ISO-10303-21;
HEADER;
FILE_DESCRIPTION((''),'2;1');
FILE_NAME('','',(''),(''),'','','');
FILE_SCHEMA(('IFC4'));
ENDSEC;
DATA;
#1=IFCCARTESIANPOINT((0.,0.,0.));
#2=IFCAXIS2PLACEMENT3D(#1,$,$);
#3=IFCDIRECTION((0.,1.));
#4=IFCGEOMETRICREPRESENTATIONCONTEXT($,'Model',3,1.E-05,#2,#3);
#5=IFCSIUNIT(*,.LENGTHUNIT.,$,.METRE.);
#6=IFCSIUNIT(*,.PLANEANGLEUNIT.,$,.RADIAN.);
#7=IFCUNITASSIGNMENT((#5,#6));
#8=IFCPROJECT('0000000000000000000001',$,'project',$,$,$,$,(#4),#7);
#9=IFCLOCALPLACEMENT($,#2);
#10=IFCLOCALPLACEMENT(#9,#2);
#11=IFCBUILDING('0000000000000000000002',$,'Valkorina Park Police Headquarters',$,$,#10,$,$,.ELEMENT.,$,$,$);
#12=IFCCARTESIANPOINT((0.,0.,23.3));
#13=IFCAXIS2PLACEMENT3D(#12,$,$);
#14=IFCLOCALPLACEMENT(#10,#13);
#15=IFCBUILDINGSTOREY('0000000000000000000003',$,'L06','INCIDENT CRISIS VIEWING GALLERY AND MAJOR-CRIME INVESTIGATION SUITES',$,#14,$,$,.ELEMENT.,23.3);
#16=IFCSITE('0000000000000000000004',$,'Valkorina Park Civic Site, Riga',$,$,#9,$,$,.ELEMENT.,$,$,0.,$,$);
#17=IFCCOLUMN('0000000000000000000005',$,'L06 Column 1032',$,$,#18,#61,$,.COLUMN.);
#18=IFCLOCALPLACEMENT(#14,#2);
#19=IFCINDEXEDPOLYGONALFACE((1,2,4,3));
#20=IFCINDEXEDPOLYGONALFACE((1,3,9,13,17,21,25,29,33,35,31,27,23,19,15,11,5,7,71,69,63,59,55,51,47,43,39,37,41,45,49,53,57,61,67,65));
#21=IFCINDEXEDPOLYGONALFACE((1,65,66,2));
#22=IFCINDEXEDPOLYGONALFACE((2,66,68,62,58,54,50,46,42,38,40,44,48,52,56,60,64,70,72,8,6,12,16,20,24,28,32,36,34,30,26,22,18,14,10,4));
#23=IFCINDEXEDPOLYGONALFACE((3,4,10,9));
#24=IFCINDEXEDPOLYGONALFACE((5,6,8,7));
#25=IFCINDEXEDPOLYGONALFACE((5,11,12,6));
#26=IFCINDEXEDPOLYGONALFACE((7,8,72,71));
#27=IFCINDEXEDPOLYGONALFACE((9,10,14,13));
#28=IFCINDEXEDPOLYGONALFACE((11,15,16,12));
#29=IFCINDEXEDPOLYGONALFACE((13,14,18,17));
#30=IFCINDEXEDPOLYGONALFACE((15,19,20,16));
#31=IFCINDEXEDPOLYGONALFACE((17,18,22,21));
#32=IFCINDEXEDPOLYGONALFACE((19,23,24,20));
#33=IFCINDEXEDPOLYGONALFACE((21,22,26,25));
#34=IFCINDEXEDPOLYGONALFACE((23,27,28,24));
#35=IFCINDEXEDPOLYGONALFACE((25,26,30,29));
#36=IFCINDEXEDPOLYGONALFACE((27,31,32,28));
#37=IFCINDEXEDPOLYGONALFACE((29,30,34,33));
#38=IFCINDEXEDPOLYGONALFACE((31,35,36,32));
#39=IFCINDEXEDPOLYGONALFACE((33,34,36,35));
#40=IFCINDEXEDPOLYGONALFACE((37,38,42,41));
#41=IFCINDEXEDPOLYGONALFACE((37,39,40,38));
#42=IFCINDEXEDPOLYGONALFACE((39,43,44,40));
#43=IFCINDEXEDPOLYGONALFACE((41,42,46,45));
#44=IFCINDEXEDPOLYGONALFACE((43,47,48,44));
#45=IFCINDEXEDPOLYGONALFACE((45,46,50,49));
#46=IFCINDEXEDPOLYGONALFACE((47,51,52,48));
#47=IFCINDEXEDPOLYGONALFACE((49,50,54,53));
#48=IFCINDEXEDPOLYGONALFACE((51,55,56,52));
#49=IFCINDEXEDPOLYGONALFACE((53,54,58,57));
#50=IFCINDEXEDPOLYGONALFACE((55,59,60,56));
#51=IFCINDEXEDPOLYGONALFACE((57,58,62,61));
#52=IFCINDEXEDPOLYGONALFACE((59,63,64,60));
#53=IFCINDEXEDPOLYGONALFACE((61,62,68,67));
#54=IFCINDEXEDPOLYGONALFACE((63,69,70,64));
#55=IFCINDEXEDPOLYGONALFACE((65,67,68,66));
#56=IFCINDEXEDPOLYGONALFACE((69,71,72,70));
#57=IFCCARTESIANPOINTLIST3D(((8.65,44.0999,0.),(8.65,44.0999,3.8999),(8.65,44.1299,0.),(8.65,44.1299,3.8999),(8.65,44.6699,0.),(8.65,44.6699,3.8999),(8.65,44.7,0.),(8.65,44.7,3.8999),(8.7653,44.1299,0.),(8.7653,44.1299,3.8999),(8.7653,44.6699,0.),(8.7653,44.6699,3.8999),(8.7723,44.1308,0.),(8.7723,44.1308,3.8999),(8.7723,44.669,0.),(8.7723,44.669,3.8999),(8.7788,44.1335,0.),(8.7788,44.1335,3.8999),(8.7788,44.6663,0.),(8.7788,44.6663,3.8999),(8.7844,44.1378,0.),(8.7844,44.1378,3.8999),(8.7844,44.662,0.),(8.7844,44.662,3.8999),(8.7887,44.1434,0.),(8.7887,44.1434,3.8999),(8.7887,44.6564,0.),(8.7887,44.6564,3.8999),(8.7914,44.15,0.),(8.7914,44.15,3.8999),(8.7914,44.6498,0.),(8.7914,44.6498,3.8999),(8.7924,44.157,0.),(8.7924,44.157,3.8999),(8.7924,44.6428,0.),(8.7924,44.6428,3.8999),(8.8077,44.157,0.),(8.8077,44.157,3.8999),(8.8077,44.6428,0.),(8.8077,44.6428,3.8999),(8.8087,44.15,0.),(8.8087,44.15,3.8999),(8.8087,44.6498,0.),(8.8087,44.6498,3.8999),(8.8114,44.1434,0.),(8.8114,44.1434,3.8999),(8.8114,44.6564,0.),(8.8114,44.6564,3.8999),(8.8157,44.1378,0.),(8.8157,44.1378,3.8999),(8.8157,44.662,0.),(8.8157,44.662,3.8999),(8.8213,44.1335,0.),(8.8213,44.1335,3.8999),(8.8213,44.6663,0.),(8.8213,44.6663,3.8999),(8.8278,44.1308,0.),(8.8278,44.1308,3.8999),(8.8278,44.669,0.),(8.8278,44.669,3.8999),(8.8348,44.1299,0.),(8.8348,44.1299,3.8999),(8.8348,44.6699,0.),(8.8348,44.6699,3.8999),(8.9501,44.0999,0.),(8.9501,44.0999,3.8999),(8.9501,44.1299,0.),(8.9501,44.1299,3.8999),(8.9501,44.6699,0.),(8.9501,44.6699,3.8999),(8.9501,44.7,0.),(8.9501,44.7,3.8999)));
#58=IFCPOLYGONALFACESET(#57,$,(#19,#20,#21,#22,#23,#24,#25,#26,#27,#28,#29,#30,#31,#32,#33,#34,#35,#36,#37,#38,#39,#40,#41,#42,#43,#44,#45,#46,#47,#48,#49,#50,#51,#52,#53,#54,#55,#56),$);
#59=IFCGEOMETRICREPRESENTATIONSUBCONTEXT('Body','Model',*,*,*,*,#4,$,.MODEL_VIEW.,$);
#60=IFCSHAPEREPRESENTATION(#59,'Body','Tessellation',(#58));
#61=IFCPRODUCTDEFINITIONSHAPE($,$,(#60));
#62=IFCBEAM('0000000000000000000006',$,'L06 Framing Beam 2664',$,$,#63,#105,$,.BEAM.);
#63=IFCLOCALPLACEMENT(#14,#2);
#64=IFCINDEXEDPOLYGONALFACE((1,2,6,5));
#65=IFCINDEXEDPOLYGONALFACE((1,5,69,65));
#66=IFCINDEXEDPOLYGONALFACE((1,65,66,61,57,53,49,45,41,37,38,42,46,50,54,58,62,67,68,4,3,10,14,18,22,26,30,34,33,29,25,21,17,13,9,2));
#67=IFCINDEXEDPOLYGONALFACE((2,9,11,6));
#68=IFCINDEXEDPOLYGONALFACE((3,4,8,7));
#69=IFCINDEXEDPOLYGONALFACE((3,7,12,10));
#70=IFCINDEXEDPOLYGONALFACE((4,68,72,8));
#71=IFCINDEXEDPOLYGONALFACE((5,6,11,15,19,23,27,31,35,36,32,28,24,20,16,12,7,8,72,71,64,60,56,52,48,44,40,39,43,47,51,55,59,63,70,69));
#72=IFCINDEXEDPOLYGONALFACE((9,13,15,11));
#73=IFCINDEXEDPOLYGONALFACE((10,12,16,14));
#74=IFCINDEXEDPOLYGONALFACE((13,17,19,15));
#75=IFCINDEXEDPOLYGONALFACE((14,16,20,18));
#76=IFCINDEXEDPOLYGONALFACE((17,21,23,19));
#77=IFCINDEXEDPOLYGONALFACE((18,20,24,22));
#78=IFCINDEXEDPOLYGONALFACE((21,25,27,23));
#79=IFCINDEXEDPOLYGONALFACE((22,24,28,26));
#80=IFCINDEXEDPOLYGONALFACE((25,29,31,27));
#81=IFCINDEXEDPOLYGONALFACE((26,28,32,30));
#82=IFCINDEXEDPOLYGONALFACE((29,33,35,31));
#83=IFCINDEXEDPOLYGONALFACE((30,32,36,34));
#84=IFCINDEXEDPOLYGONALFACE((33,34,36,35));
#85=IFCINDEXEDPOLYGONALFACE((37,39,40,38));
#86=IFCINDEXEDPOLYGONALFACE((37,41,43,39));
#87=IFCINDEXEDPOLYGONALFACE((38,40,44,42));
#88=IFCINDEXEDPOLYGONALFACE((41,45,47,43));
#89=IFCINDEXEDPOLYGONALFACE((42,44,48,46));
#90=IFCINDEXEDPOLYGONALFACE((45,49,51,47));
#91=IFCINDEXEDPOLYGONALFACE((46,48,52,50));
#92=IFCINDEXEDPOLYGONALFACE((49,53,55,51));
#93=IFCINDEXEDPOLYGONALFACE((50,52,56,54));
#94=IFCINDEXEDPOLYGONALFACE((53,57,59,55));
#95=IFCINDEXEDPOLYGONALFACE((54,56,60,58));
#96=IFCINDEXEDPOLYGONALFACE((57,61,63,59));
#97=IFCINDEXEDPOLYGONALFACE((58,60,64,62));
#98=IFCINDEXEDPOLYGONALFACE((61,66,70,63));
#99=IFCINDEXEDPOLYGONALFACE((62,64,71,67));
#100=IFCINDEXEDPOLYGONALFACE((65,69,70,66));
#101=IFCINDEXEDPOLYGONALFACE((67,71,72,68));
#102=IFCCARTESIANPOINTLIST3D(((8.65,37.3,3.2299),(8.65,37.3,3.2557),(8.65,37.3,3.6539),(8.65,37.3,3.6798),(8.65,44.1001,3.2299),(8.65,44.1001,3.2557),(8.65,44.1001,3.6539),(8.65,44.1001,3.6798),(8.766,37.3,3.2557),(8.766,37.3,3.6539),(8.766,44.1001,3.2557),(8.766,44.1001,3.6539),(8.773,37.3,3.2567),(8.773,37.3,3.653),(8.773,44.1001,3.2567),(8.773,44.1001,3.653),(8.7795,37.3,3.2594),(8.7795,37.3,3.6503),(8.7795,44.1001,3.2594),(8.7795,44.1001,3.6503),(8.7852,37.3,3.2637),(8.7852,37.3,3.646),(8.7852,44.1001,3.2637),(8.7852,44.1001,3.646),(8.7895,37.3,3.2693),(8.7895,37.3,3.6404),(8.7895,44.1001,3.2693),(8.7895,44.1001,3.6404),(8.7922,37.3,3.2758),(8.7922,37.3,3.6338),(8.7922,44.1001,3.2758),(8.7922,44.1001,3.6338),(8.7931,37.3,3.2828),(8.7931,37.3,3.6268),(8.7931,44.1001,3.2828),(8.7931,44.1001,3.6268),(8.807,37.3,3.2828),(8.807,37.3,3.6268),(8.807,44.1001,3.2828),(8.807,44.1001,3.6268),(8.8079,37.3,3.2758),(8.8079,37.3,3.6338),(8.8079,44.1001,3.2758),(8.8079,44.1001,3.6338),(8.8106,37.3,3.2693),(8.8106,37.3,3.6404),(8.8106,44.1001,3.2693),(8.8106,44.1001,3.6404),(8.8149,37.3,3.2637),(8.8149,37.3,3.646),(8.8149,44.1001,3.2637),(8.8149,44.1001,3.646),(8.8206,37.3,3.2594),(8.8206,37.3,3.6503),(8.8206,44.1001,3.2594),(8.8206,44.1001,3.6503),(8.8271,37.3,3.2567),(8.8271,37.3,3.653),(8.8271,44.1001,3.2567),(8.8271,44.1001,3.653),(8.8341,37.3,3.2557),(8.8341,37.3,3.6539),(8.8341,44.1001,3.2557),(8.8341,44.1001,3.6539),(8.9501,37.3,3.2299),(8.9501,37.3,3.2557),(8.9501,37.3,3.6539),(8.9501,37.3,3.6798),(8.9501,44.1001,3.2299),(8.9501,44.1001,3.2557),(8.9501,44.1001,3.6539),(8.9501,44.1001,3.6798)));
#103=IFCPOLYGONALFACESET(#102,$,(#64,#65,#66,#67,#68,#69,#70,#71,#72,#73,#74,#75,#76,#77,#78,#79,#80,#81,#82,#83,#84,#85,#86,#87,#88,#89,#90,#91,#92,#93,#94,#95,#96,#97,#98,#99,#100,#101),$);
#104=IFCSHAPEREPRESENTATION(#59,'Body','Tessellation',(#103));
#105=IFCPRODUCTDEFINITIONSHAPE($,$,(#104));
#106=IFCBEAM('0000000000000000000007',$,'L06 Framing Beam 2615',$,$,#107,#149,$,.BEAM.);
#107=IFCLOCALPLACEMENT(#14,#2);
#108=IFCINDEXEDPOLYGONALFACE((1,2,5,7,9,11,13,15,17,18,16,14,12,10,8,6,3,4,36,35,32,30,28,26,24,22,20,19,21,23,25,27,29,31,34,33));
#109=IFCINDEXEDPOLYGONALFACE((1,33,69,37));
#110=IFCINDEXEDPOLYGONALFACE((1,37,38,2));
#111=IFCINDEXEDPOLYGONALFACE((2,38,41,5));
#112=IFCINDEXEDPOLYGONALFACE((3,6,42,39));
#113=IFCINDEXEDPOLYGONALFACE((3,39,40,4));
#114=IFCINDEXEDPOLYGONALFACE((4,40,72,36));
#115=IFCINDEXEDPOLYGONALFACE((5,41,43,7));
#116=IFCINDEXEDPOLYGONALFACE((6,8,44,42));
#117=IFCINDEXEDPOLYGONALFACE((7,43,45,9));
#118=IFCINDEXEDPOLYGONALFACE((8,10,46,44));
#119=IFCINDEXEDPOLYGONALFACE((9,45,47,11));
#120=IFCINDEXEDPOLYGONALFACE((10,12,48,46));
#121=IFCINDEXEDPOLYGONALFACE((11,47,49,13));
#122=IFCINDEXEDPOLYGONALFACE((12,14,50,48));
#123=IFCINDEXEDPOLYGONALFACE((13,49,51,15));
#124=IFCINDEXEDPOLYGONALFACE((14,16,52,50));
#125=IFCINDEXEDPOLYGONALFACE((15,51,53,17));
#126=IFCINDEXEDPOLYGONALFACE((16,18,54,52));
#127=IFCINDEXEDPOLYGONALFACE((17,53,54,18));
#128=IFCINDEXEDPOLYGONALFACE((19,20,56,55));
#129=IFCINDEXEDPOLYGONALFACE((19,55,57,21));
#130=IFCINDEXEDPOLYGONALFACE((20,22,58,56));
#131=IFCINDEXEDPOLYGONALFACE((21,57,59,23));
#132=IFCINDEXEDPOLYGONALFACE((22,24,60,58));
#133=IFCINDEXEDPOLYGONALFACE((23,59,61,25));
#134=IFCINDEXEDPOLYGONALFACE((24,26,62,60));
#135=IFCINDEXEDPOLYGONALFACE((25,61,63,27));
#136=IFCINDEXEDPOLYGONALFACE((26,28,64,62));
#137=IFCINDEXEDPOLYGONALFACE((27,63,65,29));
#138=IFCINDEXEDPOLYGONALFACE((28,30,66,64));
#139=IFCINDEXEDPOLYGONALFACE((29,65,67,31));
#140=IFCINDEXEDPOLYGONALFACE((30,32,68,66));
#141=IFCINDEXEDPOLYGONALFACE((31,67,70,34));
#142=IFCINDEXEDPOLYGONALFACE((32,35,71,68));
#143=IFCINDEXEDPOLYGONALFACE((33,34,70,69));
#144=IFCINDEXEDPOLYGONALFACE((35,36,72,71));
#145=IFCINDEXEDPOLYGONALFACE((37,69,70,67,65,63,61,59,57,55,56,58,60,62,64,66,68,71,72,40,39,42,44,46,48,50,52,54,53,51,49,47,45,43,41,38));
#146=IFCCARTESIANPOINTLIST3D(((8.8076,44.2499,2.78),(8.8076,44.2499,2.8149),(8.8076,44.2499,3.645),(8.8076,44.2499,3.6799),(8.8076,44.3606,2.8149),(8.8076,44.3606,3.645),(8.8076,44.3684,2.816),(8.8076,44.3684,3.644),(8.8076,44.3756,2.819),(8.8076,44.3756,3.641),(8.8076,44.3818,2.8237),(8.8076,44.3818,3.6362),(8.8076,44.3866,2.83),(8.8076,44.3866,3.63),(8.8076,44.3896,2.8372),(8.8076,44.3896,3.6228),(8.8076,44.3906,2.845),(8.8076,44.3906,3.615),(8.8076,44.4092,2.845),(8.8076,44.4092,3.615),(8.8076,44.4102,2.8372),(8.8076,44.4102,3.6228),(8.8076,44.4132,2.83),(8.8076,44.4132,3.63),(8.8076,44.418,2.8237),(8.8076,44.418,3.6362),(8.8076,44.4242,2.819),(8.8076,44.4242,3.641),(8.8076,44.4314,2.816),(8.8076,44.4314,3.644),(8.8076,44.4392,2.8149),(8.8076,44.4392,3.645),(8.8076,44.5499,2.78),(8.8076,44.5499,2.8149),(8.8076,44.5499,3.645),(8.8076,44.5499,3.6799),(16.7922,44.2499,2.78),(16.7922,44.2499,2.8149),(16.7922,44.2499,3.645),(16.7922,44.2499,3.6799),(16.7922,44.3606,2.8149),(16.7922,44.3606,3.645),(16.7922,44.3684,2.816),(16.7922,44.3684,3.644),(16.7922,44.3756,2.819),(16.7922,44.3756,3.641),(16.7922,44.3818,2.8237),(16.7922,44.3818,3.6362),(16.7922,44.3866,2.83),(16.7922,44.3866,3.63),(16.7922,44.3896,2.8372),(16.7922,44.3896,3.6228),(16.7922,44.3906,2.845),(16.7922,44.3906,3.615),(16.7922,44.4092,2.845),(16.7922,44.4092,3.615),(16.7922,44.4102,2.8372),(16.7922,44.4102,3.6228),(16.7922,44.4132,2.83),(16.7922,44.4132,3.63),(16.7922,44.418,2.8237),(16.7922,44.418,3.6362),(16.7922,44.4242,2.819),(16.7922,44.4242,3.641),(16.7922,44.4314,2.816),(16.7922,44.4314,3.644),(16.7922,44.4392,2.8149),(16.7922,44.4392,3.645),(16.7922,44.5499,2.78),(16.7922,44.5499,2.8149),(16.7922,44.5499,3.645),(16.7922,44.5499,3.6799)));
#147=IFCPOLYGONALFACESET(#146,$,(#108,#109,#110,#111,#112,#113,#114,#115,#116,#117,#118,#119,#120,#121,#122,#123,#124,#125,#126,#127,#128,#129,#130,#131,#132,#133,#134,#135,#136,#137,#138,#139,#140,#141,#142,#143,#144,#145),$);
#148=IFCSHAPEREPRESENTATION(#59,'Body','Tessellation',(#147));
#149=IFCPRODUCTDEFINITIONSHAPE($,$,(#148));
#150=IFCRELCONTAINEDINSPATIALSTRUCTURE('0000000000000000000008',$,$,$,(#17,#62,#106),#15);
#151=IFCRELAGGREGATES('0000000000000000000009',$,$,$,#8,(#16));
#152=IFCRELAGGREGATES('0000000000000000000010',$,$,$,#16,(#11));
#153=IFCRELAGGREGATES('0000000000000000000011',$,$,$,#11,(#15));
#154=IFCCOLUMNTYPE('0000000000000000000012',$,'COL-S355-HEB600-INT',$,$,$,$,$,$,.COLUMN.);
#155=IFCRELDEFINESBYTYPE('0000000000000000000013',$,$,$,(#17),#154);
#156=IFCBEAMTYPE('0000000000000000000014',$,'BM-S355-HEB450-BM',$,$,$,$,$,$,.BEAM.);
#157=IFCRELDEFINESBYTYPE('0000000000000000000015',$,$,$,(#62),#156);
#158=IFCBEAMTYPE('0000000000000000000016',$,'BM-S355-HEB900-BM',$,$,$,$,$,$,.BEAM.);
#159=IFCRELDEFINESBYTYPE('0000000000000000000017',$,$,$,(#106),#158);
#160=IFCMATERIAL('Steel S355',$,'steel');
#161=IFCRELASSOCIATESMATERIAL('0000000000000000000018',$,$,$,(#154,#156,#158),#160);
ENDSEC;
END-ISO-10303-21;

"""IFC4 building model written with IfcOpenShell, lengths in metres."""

from ifc_helpers import new_model, si_unit, direction, frame, origin, origin_2d, place, context, subcontext, project, spatial, i_section, extrude, material, material_profile, profile_set, type_object, element, save


model = new_model("IFC4")

# Units and contexts
model_context = context("Model", 3, precision=1e-05, world=origin(), true_north=direction((0.0, 1.0)))
body_context = subcontext(model_context, "Body", "Model", "MODEL_VIEW")
ifc_project = project(units=[si_unit("LENGTHUNIT", "METRE"), si_unit("PLANEANGLEUNIT", "RADIAN")], contexts=[model_context])

# Site, building, storey
site_placement = place(None, origin())
site = spatial("IfcSite", under=ifc_project, at=site_placement, Name="Valkorina Park Civic Site, Riga", CompositionType="ELEMENT", RefElevation=0.0)
building_placement = place(site_placement, origin())
building = spatial("IfcBuilding", under=site, at=building_placement, Name="Valkorina Park Police Headquarters", CompositionType="ELEMENT")
storey_placement = place(building_placement, frame((0.0, 0.0, 23.3)))
storey = spatial("IfcBuildingStorey", under=building, at=storey_placement, Name="L06", Description="INCIDENT CRISIS VIEWING GALLERY AND MAJOR-CRIME INVESTIGATION SUITES", CompositionType="ELEMENT", Elevation=23.3)

# Column
ifc_material_1 = material(Name="Steel S355", Category="steel")
ifc_material_profile_1 = material_profile(ifc_material_1, i_section(OverallWidth=0.3, OverallDepth=0.6001, WebThickness=0.0154, FlangeThickness=0.03, FilletRadius=0.0271, at=origin_2d()), Name="HEB 600")
ifc_profile_set_1 = profile_set([ifc_material_profile_1], Name="Steel S355")
column_type = type_object("IfcColumnType", Name="COL-S355-HEB600-INT", PredefinedType="COLUMN", material=ifc_profile_set_1)
column_placement = place(storey_placement, frame((8.8, 44.3999, 0.0), z_axis=(0.0, 0.0, 1.0), x_axis=(1.0, 0.0, 0.0)))
element("IfcColumn", 1, at=column_placement, inside=storey, type_object=column_type, Name="L06 Column 1032", PredefinedType="COLUMN", context=body_context, shape_type="SweptSolid", body=[
    extrude(i_section(OverallWidth=0.3, OverallDepth=0.6001, WebThickness=0.0154, FlangeThickness=0.03, FilletRadius=0.0271, at=origin_2d()), origin(), (0.0, 0.0, 1.0), 3.8999),
])

# Beams
ifc_material_profile_2 = material_profile(ifc_material_1, i_section(OverallWidth=0.3, OverallDepth=0.45, WebThickness=0.0139, FlangeThickness=0.0259, FilletRadius=0.0271, at=origin_2d()), Name="HEB 450")
ifc_profile_set_2 = profile_set([ifc_material_profile_2], Name="Steel S355")
beam_type_1 = type_object("IfcBeamType", Name="BM-S355-HEB450-BM", PredefinedType="BEAM", material=ifc_profile_set_2)
beam_1_placement = place(storey_placement, frame((8.8, 37.3, 3.4548), z_axis=(0.0, 1.0, 0.0), x_axis=(-1.0, 0.0, 0.0)))
element("IfcBeam", 2, at=beam_1_placement, inside=storey, type_object=beam_type_1, Name="L06 Framing Beam 2664", PredefinedType="BEAM", context=body_context, shape_type="SweptSolid", body=[
    extrude(i_section(OverallWidth=0.3, OverallDepth=0.45, WebThickness=0.0139, FlangeThickness=0.0259, FilletRadius=0.0271, at=origin_2d()), origin(), (0.0, 0.0, 1.0), 6.8),
])
ifc_material_profile_3 = material_profile(ifc_material_1, i_section(OverallWidth=0.3, OverallDepth=0.8999, WebThickness=0.0186, FlangeThickness=0.0349, FilletRadius=0.03, at=origin_2d()), Name="HEB 900")
ifc_profile_set_3 = profile_set([ifc_material_profile_3], Name="Steel S355")
beam_type_2 = type_object("IfcBeamType", Name="BM-S355-HEB900-BM", PredefinedType="BEAM", material=ifc_profile_set_3)
beam_2_placement = place(storey_placement, frame((8.8076, 44.3999, 3.23), z_axis=(1.0, 0.0, 0.0), x_axis=(0.0, 1.0, 0.0)))
element("IfcBeam", 3, at=beam_2_placement, inside=storey, type_object=beam_type_2, Name="L06 Framing Beam 2615", PredefinedType="BEAM", context=body_context, shape_type="SweptSolid", body=[
    extrude(i_section(OverallWidth=0.3, OverallDepth=0.8999, WebThickness=0.0186, FlangeThickness=0.0349, FilletRadius=0.03, at=origin_2d()), origin(), (0.0, 0.0, 1.0), 7.9846),
])

save(model, "model.ifc")
